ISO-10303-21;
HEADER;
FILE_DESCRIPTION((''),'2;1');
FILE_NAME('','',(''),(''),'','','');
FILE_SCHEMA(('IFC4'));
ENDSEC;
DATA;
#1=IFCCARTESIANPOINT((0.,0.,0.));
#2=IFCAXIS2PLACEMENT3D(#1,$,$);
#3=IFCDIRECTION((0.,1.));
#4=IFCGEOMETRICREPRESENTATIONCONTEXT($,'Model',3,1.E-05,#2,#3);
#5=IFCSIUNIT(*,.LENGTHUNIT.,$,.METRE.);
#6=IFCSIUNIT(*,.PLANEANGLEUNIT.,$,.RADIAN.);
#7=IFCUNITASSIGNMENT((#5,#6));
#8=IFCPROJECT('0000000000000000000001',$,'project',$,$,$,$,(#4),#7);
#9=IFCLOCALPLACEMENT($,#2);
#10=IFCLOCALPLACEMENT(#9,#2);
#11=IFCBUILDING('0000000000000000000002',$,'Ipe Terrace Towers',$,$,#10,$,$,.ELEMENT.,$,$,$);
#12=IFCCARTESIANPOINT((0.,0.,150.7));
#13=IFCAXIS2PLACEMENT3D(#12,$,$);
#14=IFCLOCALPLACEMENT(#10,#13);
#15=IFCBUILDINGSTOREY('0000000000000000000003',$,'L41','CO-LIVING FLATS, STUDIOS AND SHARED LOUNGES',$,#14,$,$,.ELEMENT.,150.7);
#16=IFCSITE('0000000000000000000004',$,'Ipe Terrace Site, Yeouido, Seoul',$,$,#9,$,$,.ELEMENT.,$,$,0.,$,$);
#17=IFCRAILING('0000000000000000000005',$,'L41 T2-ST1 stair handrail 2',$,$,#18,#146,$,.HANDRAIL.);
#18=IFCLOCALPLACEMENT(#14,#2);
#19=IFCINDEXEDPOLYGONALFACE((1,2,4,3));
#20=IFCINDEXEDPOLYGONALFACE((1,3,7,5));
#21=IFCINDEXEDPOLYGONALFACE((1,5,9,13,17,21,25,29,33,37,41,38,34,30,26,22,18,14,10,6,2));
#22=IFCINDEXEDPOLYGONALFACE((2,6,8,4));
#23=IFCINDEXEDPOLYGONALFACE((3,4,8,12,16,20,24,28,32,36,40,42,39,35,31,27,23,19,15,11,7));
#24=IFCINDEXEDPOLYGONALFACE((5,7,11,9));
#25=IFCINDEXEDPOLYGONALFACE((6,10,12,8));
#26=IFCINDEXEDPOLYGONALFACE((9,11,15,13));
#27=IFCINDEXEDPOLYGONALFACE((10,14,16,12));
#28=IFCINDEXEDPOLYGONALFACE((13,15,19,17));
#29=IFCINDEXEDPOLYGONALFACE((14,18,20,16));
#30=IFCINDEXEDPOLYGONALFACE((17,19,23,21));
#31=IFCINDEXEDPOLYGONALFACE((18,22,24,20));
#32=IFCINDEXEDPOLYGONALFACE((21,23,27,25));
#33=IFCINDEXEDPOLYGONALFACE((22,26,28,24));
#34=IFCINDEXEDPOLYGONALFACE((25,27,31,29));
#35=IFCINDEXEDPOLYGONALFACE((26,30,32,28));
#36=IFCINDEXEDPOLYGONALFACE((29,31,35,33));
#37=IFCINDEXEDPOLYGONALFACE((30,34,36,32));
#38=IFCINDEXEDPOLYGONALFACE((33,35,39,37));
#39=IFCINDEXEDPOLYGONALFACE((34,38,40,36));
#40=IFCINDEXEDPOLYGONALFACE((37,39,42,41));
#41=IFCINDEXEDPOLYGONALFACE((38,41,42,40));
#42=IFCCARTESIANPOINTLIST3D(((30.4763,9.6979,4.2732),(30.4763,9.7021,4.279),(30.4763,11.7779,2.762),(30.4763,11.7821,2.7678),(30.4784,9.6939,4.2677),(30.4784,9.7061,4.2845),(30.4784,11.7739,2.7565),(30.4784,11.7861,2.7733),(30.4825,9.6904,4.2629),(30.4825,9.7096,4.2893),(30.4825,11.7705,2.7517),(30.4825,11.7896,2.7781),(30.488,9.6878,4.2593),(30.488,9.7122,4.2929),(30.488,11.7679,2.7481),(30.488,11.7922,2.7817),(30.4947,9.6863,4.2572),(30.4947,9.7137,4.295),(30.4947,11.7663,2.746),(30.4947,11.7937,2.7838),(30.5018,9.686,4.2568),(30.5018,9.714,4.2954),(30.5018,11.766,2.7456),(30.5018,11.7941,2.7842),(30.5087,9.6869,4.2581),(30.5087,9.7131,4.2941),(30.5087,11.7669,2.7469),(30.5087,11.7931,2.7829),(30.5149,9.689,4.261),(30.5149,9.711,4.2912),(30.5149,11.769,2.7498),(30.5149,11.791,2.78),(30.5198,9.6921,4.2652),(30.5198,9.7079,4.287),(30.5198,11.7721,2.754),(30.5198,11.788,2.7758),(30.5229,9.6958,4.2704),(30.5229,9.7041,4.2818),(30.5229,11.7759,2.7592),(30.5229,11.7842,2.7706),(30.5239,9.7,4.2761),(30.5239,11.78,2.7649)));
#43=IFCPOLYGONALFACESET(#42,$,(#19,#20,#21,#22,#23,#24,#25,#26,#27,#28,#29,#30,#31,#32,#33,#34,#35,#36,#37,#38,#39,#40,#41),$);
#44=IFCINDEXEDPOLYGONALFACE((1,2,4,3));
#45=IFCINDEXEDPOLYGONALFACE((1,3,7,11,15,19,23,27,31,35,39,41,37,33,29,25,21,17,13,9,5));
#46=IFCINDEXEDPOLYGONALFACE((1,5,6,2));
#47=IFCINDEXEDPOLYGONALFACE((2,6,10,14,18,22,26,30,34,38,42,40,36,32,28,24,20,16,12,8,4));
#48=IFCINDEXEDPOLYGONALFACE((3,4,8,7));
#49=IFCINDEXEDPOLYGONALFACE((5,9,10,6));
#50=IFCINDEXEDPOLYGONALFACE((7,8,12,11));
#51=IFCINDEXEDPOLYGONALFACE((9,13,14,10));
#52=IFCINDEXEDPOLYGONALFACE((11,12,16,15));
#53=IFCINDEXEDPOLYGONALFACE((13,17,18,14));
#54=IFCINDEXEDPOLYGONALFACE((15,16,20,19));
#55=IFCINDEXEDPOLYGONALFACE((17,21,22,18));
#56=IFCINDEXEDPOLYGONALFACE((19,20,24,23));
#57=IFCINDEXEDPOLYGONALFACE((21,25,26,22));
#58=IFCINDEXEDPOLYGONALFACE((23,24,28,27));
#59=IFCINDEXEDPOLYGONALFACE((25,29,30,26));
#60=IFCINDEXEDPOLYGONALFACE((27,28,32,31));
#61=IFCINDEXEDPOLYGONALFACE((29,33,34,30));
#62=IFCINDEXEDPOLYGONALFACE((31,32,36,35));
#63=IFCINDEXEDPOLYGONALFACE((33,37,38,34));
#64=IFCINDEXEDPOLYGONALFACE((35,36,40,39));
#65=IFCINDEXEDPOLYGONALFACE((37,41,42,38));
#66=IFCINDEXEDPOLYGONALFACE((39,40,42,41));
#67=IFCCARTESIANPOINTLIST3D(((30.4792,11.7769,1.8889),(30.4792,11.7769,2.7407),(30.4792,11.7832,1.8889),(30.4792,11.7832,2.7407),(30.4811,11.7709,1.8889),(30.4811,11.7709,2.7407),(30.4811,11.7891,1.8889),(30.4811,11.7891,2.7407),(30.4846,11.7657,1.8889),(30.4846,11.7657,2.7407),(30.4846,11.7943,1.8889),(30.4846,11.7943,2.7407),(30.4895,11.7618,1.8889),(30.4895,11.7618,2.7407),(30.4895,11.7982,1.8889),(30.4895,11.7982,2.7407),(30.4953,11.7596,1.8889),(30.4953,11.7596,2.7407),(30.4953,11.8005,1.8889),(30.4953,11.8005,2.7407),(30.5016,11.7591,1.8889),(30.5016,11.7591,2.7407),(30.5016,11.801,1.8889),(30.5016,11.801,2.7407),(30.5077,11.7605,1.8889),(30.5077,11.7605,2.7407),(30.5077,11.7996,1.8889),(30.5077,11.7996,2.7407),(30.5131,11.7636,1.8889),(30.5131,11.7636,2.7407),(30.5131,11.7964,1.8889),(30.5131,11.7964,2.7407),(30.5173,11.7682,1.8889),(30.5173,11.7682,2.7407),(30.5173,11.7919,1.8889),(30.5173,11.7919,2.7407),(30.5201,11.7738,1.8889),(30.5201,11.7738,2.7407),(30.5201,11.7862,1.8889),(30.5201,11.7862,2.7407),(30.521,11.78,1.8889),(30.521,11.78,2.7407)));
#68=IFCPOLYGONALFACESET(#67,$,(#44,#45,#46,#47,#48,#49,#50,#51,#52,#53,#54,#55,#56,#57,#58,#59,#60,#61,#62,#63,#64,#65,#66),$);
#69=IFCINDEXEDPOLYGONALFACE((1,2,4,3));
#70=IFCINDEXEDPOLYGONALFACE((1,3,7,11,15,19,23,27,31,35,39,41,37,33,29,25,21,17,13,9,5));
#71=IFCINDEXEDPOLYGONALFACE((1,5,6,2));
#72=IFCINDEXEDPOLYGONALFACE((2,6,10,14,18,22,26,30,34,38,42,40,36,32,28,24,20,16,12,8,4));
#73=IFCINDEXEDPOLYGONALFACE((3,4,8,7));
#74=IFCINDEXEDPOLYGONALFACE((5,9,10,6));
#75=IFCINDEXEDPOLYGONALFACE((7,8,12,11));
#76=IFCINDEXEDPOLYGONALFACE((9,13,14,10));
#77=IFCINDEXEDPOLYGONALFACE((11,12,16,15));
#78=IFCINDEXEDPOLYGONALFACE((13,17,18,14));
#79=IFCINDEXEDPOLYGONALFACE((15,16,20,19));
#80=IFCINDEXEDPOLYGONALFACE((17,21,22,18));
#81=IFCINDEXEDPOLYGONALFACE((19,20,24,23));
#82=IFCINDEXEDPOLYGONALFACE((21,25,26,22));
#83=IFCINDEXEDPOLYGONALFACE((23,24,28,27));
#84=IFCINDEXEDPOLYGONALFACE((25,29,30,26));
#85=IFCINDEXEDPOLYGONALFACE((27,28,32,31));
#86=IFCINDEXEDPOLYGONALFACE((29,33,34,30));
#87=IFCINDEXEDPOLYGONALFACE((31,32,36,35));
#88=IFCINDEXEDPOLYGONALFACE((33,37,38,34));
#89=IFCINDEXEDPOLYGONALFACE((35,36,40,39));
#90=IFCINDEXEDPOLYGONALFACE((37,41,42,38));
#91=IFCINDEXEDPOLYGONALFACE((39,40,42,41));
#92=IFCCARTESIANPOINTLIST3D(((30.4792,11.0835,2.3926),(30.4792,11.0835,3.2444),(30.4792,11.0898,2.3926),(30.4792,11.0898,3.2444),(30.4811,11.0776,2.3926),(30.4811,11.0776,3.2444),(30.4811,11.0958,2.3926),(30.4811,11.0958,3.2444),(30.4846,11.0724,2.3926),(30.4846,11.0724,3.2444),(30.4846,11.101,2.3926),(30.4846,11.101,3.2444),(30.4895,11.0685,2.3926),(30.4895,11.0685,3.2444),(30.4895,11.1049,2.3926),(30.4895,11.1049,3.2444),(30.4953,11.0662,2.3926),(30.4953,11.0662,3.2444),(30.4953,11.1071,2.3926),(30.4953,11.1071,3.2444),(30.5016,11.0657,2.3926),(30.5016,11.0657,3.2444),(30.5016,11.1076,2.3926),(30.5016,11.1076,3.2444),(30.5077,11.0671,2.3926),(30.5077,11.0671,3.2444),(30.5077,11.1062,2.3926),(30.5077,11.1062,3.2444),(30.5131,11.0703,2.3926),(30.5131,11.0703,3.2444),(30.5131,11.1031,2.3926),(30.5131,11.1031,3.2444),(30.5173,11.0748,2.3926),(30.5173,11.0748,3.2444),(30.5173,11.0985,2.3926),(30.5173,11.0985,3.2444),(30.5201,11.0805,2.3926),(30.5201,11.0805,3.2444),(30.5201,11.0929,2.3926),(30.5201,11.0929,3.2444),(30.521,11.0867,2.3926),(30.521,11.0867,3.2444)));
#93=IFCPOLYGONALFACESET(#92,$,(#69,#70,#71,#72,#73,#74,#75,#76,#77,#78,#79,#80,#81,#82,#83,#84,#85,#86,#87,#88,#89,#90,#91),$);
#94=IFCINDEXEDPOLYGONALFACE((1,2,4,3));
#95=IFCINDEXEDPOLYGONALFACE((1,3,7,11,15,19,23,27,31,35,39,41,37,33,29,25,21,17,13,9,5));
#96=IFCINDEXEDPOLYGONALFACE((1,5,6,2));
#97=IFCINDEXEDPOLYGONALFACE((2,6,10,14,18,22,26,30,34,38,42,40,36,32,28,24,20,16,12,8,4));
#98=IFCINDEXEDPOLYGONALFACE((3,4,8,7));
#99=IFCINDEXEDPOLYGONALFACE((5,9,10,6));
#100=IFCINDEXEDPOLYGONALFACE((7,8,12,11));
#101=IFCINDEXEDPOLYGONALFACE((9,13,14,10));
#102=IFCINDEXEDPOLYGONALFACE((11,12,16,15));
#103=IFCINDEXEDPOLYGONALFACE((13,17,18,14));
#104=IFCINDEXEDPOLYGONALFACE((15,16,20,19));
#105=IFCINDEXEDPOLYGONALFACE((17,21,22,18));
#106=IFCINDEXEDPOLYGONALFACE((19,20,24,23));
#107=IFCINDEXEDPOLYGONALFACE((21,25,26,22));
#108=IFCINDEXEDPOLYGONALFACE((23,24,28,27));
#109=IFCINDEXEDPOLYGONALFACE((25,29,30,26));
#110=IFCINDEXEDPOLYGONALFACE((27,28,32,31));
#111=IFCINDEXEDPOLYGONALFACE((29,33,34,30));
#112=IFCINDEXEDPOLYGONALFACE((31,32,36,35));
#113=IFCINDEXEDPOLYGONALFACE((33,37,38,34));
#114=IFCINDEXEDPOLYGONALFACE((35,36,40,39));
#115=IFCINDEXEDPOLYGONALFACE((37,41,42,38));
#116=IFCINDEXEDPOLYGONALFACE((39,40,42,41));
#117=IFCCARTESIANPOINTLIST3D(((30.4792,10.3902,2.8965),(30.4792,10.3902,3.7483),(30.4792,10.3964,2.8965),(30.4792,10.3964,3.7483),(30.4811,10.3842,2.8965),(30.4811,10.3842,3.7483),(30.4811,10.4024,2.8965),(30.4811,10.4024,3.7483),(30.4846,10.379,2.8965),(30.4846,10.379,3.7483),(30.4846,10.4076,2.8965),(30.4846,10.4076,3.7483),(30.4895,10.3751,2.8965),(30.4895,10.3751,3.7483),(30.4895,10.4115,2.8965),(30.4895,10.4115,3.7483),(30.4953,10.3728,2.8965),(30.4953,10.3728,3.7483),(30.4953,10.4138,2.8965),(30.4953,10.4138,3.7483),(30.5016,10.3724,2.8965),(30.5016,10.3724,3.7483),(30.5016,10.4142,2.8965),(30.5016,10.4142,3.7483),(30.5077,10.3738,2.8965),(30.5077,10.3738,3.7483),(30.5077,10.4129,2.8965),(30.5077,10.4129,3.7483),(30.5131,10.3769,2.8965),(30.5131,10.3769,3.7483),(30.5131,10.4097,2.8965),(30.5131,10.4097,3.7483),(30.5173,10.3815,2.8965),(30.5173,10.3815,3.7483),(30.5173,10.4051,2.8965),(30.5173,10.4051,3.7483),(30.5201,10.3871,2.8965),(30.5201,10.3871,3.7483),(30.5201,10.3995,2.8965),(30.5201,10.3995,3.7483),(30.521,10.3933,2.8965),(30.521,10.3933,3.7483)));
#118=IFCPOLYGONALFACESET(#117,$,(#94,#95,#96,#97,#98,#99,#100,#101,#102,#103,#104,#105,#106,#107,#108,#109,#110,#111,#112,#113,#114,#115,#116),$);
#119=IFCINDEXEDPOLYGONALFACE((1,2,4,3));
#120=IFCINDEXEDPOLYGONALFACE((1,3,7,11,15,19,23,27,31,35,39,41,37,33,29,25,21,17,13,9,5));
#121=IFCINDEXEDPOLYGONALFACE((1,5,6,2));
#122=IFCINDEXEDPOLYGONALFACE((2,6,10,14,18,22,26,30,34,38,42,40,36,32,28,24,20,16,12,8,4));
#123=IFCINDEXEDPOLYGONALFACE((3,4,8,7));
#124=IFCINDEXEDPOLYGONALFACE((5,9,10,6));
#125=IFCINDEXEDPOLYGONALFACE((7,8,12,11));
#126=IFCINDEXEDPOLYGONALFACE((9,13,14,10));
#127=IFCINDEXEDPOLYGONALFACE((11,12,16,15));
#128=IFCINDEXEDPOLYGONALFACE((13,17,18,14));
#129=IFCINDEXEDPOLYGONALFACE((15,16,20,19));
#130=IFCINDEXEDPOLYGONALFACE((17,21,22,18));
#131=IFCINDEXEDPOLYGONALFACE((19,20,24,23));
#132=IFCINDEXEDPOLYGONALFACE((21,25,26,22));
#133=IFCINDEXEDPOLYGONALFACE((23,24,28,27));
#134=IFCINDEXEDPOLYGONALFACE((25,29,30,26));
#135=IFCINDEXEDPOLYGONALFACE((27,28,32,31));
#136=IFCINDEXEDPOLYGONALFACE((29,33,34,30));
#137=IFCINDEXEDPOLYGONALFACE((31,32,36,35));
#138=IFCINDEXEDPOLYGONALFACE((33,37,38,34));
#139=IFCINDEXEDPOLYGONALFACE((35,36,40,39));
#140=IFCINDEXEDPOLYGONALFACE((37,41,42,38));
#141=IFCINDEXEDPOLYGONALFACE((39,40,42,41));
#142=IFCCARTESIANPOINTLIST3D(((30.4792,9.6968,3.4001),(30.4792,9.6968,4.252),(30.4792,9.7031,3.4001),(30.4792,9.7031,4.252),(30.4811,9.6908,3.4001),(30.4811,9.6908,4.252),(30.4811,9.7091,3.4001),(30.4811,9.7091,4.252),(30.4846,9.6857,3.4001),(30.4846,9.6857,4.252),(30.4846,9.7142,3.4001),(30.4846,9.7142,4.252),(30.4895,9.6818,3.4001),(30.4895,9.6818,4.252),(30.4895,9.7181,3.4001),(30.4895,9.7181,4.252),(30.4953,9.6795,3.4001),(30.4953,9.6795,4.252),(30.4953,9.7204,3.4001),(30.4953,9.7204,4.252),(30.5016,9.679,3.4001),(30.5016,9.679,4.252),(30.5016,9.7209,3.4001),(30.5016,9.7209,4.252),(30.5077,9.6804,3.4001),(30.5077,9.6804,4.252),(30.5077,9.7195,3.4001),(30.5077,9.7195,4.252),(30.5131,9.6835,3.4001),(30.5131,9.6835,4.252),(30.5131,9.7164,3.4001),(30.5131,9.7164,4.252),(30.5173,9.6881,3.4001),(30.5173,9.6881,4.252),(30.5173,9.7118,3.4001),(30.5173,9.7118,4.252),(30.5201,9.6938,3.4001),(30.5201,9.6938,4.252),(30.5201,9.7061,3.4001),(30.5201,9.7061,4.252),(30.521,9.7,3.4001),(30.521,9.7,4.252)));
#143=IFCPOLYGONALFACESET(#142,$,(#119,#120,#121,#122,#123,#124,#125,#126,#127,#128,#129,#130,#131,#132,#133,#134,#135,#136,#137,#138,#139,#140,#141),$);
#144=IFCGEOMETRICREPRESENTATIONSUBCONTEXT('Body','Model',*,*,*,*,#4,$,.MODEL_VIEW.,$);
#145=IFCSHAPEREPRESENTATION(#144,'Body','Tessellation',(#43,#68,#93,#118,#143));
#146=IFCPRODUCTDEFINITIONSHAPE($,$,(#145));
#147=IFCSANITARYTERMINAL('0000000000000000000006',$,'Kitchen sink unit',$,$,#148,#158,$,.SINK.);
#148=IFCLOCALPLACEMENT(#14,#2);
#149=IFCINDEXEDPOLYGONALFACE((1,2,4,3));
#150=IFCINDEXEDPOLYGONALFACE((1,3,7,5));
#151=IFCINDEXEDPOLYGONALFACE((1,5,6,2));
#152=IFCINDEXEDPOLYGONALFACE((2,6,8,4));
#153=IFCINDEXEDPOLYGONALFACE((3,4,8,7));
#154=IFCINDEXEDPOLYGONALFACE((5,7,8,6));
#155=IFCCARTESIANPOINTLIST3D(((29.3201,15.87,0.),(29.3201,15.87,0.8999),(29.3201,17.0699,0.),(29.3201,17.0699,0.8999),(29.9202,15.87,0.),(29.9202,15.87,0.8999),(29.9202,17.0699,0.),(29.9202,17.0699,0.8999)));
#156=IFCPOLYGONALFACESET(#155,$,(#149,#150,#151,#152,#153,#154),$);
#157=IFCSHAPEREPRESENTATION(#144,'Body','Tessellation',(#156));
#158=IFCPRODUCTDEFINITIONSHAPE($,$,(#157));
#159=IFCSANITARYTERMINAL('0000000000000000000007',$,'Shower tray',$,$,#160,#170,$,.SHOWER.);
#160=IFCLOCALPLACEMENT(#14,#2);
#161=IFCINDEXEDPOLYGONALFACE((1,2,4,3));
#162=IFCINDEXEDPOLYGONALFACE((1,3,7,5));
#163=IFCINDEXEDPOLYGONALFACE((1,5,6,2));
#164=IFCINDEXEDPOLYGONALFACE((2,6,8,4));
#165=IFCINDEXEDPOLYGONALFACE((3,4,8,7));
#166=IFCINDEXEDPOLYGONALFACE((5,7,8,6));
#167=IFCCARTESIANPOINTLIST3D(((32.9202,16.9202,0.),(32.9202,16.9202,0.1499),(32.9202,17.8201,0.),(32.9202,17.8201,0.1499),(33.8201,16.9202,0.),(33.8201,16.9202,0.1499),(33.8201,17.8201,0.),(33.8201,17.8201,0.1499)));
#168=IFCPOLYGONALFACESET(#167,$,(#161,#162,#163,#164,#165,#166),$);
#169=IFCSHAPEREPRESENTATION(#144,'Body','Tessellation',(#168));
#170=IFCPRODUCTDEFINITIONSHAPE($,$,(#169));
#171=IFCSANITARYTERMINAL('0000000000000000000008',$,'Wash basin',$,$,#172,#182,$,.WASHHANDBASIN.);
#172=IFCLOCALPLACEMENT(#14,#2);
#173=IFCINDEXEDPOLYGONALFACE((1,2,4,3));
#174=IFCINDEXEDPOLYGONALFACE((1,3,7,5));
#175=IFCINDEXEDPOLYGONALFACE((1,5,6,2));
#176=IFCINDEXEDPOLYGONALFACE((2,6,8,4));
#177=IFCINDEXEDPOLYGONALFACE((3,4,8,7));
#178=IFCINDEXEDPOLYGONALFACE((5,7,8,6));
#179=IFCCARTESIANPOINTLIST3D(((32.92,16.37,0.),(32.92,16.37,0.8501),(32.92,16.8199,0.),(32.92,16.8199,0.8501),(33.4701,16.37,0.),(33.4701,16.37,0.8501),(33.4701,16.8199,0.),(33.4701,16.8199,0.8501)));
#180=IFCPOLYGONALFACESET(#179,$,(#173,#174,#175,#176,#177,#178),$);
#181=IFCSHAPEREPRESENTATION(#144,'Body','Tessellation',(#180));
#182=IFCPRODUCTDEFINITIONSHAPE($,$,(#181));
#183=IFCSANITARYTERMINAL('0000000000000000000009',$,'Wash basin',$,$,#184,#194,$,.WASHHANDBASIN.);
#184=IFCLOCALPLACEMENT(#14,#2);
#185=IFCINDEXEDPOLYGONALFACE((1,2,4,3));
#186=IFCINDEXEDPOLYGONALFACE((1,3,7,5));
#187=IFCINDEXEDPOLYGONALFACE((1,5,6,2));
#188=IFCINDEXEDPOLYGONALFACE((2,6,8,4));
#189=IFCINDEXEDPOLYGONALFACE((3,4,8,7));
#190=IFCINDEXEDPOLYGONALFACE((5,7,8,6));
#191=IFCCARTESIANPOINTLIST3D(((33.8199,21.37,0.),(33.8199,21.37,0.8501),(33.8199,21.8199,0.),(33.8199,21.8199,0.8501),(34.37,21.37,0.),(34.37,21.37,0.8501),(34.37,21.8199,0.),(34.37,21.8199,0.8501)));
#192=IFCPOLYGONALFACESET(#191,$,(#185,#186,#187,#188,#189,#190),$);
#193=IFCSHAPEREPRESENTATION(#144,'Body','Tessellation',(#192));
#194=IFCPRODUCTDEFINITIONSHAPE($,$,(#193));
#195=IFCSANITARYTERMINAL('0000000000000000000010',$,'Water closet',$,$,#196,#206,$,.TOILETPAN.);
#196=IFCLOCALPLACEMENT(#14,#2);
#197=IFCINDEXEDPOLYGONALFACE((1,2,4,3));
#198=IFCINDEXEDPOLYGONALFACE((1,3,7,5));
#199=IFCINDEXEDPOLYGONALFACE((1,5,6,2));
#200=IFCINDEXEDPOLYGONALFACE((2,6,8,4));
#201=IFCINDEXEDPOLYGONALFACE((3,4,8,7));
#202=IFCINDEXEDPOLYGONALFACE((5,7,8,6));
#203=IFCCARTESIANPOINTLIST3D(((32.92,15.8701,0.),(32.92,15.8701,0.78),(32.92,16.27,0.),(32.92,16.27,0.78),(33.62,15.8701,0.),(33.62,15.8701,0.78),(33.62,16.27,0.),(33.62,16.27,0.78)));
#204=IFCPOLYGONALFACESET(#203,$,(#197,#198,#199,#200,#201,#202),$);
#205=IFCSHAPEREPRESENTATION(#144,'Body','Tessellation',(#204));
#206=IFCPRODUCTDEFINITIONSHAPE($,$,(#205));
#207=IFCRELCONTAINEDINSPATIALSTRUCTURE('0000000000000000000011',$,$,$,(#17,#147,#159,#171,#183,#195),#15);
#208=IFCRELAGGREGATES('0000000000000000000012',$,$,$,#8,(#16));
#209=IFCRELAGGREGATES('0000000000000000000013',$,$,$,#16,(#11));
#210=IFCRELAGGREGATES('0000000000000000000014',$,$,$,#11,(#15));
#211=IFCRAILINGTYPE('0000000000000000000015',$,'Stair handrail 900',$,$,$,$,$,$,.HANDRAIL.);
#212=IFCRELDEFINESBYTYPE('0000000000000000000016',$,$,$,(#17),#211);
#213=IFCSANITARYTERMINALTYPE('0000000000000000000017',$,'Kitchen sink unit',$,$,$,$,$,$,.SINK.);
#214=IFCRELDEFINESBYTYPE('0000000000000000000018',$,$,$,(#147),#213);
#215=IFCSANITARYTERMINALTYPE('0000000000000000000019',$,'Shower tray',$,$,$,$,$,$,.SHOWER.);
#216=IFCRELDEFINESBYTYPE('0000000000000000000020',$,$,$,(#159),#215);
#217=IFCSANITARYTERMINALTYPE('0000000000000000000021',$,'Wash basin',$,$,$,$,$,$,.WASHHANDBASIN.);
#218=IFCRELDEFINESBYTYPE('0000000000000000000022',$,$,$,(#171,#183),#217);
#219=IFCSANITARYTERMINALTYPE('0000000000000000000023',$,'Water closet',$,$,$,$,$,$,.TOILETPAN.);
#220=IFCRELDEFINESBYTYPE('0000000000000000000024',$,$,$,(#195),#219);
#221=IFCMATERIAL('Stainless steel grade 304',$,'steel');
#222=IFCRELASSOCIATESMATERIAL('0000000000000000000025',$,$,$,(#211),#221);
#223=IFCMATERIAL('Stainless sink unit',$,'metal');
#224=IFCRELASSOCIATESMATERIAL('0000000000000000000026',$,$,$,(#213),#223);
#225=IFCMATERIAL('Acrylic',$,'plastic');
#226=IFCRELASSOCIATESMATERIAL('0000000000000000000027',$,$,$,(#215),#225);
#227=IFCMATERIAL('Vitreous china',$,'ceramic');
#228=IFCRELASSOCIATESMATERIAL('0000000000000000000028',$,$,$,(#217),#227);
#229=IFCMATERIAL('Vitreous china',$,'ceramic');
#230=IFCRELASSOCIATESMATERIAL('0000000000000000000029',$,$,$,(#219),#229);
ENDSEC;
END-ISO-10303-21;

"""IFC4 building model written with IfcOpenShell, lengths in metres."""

from ifc_helpers import new_model, si_unit, direction, frame, origin, origin_2d, place, context, subcontext, project, spatial, rectangle, circle, extrude, material, type_object, element, save


model = new_model("IFC4")

# Units and contexts
model_context = context("Model", 3, precision=1e-05, world=origin(), true_north=direction((0.0, 1.0)))
body_context = subcontext(model_context, "Body", "Model", "MODEL_VIEW")
ifc_project = project(units=[si_unit("LENGTHUNIT", "METRE"), si_unit("PLANEANGLEUNIT", "RADIAN")], contexts=[model_context])

# Site, building, storey
site_placement = place(None, origin())
site = spatial("IfcSite", under=ifc_project, at=site_placement, Name="Ipe Terrace Site, Yeouido, Seoul", CompositionType="ELEMENT", RefElevation=0.0)
building_placement = place(site_placement, origin())
building = spatial("IfcBuilding", under=site, at=building_placement, Name="Ipe Terrace Towers", CompositionType="ELEMENT")
storey_placement = place(building_placement, frame((0.0, 0.0, 150.7)))
storey = spatial("IfcBuildingStorey", under=building, at=storey_placement, Name="L41", Description="CO-LIVING FLATS, STUDIOS AND SHARED LOUNGES", CompositionType="ELEMENT", Elevation=150.7)

# Railing
ifc_material_1 = material(Name="Stainless steel grade 304", Category="steel")
railing_type = type_object("IfcRailingType", Name="Stair handrail 900", PredefinedType="HANDRAIL", material=ifc_material_1)
railing_placement = place(storey_placement, frame((30.5, 11.78, 1.8889)))
element("IfcRailing", 1, at=railing_placement, inside=storey, type_object=railing_type, Name="L41 T2-ST1 stair handrail 2", PredefinedType="HANDRAIL", context=body_context, shape_type="SweptSolid", body=[
    extrude(circle(Radius=0.0239, at=origin_2d()), frame((0.0, 0.0, 0.876), z_axis=(0.0, -0.809023, 0.587776), x_axis=(1.0, 0.0, 0.0)), (0.0, 0.0, 1.0), 2.571),
    extrude(circle(Radius=0.021, at=origin_2d()), origin(), (0.0, 0.0, 1.0), 0.8518),
    extrude(circle(Radius=0.021, at=origin_2d()), frame((0.0, -0.6934, 0.5037)), (0.0, 0.0, 1.0), 0.8518),
    extrude(circle(Radius=0.021, at=origin_2d()), frame((0.0, -1.3867, 1.0076)), (0.0, 0.0, 1.0), 0.8518),
    extrude(circle(Radius=0.021, at=origin_2d()), frame((0.0, -2.0801, 1.5112)), (0.0, 0.0, 1.0), 0.8518),
])

# Sanitary terminals
ifc_material_2 = material(Name="Stainless sink unit", Category="metal")
sanitary_terminal_type_1 = type_object("IfcSanitaryTerminalType", Name="Kitchen sink unit", PredefinedType="SINK", material=ifc_material_2)
sanitary_terminal_1_placement = place(storey_placement, frame((29.6201, 16.47, 0.0), z_axis=(0.0, 0.0, 1.0), x_axis=(0.0, 1.0, 0.0)))
element("IfcSanitaryTerminal", 2, at=sanitary_terminal_1_placement, inside=storey, type_object=sanitary_terminal_type_1, Name="Kitchen sink unit", PredefinedType="SINK", context=body_context, shape_type="SweptSolid", body=[
    extrude(rectangle(XDim=1.2, YDim=0.6001, at=origin_2d()), origin(), (0.0, 0.0, 1.0), 0.8999),
])
ifc_material_3 = material(Name="Acrylic", Category="plastic")
sanitary_terminal_type_2 = type_object("IfcSanitaryTerminalType", Name="Shower tray", PredefinedType="SHOWER", material=ifc_material_3)
sanitary_terminal_2_placement = place(storey_placement, frame((33.3701, 17.3701, 0.0), z_axis=(0.0, 0.0, 1.0), x_axis=(1.0, 0.0, 0.0)))
element("IfcSanitaryTerminal", 3, at=sanitary_terminal_2_placement, inside=storey, type_object=sanitary_terminal_type_2, Name="Shower tray", PredefinedType="SHOWER", context=body_context, shape_type="SweptSolid", body=[
    extrude(rectangle(XDim=0.8999, YDim=0.8999, at=origin_2d()), origin(), (0.0, 0.0, 1.0), 0.1499),
])
ifc_material_4 = material(Name="Vitreous china", Category="ceramic")
sanitary_terminal_type_3 = type_object("IfcSanitaryTerminalType", Name="Wash basin", PredefinedType="WASHHANDBASIN", material=ifc_material_4)
for number, where, z_axis, x_axis, name in (
    (4, (33.1951, 16.595, 0.0), (0.0, 0.0, 1.0), (1.0, 0.0, 0.0), "Wash basin"),
    (5, (34.095, 21.595, 0.0), (0.0, 0.0, 1.0), (1.0, 0.0, 0.0), "Wash basin"),
):
    element("IfcSanitaryTerminal", number, at=place(storey_placement, frame(where, z_axis=z_axis, x_axis=x_axis)), inside=storey, type_object=sanitary_terminal_type_3, Name=name, PredefinedType="WASHHANDBASIN", context=body_context, shape_type="SweptSolid", body=[
        extrude(rectangle(XDim=0.55, YDim=0.45, at=origin_2d()), origin(), (0.0, 0.0, 1.0), 0.8501),
    ])
ifc_material_5 = material(Name="Vitreous china", Category="ceramic")
sanitary_terminal_type_4 = type_object("IfcSanitaryTerminalType", Name="Water closet", PredefinedType="TOILETPAN", material=ifc_material_5)
sanitary_terminal_3_placement = place(storey_placement, frame((33.27, 16.0701, 0.0), z_axis=(0.0, 0.0, 1.0), x_axis=(1.0, 0.0, 0.0)))
element("IfcSanitaryTerminal", 6, at=sanitary_terminal_3_placement, inside=storey, type_object=sanitary_terminal_type_4, Name="Water closet", PredefinedType="TOILETPAN", context=body_context, shape_type="SweptSolid", body=[
    extrude(rectangle(XDim=0.7, YDim=0.3999, at=origin_2d()), origin(), (0.0, 0.0, 1.0), 0.78),
])

save(model, "model.ifc")
